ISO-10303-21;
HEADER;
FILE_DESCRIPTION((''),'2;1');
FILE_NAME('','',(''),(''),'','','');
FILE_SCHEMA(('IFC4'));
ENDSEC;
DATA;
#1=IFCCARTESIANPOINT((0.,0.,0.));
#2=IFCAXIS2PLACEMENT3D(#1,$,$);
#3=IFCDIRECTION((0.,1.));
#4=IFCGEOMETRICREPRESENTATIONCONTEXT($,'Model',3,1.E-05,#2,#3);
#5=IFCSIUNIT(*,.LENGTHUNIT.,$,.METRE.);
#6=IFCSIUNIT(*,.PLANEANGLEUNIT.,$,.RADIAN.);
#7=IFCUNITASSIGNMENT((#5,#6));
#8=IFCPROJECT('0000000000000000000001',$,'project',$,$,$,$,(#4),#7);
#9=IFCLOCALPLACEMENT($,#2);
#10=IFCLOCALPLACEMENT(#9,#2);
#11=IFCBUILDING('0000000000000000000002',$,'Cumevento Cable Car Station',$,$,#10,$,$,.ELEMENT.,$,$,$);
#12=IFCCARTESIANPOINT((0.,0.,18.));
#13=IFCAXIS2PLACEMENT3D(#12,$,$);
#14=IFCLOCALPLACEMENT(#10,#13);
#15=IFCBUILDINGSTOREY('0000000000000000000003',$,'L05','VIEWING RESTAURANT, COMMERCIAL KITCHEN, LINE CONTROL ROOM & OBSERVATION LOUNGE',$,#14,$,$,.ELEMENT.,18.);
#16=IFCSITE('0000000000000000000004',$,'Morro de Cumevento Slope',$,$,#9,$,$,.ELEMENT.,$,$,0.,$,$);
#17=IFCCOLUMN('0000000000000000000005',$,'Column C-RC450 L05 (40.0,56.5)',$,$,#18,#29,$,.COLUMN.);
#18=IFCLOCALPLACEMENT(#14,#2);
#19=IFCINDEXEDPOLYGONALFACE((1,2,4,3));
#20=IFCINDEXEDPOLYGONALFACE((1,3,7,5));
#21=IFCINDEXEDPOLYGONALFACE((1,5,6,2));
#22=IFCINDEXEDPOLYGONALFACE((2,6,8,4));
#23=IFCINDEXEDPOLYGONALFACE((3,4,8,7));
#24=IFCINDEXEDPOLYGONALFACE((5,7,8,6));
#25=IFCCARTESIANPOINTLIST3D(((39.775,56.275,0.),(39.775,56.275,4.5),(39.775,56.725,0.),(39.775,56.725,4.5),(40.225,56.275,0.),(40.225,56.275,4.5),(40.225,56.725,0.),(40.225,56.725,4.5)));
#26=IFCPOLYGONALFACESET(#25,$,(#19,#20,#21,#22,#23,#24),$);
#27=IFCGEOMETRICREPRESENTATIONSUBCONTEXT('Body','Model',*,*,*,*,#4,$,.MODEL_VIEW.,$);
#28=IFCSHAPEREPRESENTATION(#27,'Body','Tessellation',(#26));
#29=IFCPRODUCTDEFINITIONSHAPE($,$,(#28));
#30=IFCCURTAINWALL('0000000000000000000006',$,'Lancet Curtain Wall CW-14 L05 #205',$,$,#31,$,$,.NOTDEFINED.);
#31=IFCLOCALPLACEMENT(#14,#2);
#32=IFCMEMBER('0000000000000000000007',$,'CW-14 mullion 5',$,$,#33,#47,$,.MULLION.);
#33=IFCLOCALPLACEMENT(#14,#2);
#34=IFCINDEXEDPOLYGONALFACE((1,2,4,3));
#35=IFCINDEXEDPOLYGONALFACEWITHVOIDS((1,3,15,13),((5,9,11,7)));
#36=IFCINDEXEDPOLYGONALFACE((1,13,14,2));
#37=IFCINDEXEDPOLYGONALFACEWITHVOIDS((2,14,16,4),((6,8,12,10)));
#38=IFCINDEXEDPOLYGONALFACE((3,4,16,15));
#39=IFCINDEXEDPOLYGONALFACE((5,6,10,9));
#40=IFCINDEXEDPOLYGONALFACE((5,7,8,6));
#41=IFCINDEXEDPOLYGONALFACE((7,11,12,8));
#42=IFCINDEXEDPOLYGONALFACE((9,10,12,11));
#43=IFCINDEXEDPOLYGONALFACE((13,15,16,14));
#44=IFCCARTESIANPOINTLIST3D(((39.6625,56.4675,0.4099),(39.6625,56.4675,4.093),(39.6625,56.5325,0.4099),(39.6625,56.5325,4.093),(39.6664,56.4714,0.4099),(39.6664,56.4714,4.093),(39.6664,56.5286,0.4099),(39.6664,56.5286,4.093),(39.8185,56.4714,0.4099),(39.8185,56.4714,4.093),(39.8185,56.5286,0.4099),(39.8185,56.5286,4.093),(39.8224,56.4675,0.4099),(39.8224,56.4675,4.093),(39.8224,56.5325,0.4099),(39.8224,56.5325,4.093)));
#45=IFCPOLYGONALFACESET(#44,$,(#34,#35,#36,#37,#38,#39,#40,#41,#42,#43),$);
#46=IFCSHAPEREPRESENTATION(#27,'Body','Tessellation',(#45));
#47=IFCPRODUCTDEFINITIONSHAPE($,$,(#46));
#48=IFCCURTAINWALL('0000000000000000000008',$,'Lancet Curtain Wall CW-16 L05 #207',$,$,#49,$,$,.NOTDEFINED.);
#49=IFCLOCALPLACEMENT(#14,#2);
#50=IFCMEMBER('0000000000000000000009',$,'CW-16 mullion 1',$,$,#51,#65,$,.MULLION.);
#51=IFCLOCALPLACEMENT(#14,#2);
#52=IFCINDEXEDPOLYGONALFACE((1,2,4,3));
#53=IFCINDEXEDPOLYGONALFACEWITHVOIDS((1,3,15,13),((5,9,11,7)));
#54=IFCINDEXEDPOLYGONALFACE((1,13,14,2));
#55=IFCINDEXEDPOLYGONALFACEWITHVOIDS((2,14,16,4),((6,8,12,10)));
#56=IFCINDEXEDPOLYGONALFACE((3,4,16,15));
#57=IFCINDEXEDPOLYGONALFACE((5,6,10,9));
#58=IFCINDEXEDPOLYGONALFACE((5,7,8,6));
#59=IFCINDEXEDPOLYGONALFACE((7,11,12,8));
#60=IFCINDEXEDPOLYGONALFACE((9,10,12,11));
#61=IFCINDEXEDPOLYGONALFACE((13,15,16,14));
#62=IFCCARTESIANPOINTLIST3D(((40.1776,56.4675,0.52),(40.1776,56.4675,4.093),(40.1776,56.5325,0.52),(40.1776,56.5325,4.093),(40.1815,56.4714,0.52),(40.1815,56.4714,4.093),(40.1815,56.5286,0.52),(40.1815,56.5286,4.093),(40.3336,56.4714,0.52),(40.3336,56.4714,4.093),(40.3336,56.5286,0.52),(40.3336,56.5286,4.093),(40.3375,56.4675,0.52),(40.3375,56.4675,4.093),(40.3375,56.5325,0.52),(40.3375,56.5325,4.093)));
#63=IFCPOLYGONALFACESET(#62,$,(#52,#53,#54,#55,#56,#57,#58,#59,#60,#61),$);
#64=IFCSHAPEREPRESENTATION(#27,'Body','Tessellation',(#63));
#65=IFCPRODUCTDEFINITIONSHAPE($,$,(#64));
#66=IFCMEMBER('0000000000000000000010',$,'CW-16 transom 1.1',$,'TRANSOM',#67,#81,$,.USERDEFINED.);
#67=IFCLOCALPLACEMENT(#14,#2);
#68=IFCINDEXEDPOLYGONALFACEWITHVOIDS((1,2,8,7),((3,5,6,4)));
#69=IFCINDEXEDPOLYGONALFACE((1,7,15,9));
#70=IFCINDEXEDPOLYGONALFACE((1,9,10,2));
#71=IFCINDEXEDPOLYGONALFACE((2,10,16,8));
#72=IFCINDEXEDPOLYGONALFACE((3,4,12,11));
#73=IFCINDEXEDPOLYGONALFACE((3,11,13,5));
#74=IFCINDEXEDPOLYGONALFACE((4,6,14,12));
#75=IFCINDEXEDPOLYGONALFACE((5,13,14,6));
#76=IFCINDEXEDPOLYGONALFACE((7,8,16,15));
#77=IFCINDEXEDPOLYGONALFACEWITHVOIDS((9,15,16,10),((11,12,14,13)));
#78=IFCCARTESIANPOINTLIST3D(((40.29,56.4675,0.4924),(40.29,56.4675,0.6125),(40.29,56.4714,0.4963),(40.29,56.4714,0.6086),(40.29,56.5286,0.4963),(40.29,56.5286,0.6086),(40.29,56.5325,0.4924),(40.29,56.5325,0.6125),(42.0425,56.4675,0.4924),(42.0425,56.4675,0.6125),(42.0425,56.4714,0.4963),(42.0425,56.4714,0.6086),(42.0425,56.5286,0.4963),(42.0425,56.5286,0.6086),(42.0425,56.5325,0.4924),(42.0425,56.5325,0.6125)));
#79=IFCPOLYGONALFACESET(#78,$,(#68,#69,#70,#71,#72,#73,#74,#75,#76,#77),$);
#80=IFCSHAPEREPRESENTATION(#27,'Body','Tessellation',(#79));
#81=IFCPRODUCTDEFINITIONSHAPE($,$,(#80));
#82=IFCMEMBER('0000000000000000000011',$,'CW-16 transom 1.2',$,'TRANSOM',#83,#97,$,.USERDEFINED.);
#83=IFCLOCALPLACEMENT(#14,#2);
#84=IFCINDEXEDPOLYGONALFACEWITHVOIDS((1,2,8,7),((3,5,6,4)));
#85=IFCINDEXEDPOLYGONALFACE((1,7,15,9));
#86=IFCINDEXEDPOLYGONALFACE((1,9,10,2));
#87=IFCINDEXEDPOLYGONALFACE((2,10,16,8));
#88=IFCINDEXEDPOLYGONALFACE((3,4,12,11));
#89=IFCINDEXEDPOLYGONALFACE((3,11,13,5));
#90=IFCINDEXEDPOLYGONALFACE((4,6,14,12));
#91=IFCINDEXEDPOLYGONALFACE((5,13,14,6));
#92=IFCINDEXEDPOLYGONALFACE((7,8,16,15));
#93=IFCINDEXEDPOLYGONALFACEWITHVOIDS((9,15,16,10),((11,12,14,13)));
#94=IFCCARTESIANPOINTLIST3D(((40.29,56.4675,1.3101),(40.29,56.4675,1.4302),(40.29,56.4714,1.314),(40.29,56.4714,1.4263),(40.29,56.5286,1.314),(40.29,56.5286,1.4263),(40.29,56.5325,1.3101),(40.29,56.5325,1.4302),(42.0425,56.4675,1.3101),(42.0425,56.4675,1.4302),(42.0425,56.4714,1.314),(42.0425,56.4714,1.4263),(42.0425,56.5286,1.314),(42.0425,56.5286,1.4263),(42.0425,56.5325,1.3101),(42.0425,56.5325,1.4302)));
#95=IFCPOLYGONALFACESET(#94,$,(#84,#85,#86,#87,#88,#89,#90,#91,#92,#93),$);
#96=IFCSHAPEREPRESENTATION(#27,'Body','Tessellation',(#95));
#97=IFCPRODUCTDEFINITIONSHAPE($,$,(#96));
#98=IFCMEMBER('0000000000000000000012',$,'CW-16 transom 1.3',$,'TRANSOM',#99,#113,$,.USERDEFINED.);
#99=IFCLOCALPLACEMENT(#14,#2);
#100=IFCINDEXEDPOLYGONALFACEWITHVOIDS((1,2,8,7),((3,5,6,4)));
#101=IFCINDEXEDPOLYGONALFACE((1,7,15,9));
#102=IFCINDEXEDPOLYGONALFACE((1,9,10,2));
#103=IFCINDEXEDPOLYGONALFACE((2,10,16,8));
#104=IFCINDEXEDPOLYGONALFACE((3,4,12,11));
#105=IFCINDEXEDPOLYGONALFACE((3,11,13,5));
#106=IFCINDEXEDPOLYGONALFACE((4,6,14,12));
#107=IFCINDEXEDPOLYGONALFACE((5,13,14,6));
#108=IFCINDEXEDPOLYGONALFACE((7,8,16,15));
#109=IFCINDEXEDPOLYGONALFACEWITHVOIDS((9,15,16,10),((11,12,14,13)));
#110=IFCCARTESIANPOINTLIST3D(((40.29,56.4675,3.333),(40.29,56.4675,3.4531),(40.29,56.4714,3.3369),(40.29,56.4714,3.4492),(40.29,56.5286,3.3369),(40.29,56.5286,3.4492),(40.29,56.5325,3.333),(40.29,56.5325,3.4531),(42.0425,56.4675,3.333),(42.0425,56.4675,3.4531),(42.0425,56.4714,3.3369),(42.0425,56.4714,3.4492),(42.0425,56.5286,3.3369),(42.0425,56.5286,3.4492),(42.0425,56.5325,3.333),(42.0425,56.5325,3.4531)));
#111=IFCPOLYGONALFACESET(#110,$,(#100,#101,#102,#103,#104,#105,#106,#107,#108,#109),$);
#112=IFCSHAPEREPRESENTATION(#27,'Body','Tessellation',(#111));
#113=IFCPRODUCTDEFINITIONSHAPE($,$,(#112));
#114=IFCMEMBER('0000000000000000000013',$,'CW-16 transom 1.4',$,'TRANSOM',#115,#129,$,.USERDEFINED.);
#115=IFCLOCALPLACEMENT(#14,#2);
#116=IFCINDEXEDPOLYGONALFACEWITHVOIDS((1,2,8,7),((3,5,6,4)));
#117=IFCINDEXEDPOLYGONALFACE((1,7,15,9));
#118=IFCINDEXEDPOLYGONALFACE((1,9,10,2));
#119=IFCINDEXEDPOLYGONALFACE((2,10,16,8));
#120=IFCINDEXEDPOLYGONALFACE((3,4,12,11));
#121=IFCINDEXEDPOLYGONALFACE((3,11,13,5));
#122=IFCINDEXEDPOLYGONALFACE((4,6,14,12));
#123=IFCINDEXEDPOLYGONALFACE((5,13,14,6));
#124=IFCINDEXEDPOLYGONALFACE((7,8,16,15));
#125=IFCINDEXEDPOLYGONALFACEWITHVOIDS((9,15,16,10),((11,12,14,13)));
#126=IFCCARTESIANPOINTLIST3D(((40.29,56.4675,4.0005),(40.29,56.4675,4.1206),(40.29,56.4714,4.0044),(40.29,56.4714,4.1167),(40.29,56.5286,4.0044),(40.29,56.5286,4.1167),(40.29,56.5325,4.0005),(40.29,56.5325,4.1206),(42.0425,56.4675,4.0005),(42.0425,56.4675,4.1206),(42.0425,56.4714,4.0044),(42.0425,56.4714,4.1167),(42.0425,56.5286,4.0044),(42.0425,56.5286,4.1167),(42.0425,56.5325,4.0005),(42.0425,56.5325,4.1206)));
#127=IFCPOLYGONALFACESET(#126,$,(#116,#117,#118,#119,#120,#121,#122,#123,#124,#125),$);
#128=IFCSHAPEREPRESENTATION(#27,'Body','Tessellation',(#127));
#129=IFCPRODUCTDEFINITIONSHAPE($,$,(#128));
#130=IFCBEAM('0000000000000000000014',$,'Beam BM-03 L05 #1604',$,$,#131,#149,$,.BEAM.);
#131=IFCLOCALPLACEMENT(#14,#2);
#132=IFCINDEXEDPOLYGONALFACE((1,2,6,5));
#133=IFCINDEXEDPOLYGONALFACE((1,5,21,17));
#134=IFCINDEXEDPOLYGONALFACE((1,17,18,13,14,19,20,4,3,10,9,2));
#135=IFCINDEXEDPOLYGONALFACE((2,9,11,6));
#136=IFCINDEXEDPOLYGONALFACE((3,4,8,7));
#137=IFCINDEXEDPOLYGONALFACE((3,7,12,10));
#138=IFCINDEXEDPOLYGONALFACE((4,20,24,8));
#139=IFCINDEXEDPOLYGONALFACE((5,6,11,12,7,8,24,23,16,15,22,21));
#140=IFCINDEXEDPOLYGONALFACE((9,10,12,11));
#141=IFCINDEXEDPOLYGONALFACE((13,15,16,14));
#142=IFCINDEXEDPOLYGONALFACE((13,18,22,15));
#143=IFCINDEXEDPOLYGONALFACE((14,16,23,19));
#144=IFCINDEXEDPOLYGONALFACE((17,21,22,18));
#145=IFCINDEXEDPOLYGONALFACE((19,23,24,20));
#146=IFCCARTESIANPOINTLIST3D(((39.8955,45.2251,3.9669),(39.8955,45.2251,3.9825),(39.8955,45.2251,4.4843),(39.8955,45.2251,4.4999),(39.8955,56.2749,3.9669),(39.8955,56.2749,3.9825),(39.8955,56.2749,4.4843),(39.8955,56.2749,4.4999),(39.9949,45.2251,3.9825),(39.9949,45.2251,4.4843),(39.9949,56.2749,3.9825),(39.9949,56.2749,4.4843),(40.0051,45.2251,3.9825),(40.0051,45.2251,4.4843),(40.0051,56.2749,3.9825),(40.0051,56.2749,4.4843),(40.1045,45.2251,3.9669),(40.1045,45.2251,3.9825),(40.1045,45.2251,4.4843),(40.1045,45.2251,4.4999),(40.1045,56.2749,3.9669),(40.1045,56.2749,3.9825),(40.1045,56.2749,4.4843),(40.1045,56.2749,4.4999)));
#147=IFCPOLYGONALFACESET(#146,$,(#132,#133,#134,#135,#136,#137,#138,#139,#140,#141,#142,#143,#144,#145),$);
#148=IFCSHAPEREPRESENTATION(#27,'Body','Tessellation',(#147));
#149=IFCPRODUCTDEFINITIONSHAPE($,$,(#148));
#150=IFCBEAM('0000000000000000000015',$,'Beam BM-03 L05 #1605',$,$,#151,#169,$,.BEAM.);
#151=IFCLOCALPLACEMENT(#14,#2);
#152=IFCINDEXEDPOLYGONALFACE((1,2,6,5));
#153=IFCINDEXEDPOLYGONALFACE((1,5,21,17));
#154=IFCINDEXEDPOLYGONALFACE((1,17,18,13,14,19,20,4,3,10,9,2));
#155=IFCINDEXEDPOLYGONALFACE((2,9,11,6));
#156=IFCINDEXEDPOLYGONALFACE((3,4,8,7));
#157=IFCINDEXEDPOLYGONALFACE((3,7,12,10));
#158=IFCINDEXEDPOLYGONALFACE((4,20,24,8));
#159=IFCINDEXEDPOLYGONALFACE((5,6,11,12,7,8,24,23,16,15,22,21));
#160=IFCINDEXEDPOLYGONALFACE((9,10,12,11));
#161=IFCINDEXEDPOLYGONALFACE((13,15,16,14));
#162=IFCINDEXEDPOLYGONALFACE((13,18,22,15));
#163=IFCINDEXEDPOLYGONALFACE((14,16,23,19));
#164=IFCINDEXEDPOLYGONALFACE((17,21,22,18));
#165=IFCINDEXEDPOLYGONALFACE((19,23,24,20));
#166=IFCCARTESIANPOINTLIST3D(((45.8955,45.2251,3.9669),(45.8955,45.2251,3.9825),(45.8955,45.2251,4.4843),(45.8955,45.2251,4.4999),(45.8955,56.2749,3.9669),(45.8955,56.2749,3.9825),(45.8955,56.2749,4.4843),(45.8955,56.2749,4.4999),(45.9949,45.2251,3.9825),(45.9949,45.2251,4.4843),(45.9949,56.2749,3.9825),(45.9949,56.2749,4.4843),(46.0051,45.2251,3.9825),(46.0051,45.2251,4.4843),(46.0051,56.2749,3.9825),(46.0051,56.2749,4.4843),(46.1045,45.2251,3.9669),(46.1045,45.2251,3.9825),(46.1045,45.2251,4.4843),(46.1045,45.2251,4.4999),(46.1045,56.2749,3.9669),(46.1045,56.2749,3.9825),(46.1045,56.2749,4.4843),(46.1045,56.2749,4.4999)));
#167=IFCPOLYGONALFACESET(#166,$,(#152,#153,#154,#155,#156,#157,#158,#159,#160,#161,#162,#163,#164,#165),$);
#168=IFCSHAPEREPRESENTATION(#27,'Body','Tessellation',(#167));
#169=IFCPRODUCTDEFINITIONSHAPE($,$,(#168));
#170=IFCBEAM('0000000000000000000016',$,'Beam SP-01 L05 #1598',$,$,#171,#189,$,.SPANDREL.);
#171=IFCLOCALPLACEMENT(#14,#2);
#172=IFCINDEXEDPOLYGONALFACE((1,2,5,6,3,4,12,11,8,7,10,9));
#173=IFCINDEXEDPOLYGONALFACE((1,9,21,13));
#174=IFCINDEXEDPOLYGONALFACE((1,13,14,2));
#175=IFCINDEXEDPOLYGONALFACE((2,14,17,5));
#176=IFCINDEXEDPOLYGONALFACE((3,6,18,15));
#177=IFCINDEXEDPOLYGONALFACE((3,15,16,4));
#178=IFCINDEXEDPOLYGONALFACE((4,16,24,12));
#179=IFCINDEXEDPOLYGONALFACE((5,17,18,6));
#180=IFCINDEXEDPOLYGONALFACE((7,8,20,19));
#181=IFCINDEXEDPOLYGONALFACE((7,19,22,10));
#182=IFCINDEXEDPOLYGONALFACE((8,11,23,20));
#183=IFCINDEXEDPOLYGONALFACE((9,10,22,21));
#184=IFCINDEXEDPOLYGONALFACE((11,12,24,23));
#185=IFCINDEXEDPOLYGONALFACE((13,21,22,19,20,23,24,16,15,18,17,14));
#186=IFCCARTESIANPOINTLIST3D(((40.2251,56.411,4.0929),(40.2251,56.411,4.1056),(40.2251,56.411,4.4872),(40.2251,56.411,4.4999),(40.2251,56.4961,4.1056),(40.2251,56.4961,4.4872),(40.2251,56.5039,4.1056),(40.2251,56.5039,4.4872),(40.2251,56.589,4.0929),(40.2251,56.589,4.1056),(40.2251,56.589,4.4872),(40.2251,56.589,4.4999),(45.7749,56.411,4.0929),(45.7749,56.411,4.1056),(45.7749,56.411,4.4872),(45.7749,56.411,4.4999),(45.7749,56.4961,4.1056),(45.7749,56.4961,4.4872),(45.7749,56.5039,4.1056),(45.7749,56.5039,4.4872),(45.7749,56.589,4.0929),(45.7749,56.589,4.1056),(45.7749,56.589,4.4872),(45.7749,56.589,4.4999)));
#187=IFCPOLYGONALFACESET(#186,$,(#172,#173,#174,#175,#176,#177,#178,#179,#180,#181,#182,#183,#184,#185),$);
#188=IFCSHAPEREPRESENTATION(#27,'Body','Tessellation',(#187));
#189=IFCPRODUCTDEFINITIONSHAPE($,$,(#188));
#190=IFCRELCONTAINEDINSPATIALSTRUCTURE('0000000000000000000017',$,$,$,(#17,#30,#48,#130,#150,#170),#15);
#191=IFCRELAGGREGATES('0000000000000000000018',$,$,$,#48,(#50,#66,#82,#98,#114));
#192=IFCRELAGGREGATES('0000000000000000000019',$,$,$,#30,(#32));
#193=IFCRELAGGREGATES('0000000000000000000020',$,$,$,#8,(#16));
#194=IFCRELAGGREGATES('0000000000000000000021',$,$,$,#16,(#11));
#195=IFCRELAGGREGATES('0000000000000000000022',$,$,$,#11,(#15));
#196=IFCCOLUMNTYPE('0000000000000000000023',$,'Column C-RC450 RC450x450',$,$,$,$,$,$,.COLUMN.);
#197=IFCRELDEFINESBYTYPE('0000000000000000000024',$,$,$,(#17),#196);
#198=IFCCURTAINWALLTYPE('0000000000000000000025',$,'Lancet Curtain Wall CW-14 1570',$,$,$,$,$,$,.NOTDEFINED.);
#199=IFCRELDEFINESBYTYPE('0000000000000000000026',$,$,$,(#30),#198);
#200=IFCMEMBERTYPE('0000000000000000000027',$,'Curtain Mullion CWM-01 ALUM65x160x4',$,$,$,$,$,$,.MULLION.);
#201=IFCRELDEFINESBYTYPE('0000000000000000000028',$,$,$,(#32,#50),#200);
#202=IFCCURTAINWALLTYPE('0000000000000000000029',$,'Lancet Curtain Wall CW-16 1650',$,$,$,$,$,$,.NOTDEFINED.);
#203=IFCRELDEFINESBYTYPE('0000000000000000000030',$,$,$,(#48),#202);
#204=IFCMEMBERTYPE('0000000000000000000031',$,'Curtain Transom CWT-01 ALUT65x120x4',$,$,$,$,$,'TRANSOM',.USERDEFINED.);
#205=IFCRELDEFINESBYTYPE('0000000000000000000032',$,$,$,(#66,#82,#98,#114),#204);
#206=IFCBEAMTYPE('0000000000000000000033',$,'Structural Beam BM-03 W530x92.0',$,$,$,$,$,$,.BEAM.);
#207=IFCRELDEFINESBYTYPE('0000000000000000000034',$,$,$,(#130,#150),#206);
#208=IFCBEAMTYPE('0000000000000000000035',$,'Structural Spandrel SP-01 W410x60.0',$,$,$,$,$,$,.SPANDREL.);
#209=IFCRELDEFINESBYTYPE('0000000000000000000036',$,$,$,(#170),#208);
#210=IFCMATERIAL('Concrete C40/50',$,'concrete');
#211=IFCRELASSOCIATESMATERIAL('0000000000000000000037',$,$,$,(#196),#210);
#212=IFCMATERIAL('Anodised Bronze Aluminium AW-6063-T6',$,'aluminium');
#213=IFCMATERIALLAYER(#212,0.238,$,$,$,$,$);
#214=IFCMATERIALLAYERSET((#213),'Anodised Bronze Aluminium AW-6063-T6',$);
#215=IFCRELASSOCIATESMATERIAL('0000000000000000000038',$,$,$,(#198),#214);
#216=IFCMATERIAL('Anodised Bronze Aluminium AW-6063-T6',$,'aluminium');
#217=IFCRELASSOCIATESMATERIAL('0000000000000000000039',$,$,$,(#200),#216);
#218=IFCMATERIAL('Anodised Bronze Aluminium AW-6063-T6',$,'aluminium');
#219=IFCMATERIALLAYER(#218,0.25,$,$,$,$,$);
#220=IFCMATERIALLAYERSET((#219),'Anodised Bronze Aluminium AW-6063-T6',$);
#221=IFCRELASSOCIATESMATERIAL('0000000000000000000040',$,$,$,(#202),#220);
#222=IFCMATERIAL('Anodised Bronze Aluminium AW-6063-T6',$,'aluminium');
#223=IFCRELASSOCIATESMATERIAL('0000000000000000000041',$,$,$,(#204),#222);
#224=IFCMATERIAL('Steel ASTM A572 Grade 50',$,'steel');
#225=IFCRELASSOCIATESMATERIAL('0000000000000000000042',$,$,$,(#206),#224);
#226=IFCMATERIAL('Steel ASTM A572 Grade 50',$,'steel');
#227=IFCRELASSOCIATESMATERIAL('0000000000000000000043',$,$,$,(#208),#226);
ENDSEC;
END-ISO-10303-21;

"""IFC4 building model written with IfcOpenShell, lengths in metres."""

from ifc_helpers import new_model, si_unit, direction, frame, origin, origin_2d, place, context, subcontext, project, spatial, rectangle, hollow_rectangle, i_section, extrude, material, layer, layer_set, material_profile, profile_set, type_object, element, aggregate, save


model = new_model("IFC4")

# Units and contexts
model_context = context("Model", 3, precision=1e-05, world=origin(), true_north=direction((0.0, 1.0)))
body_context = subcontext(model_context, "Body", "Model", "MODEL_VIEW")
ifc_project = project(units=[si_unit("LENGTHUNIT", "METRE"), si_unit("PLANEANGLEUNIT", "RADIAN")], contexts=[model_context])

# Site, building, storey
site_placement = place(None, origin())
site = spatial("IfcSite", under=ifc_project, at=site_placement, Name="Morro de Cumevento Slope", CompositionType="ELEMENT", RefElevation=0.0)
building_placement = place(site_placement, origin())
building = spatial("IfcBuilding", under=site, at=building_placement, Name="Cumevento Cable Car Station", CompositionType="ELEMENT")
storey_placement = place(building_placement, frame((0.0, 0.0, 18.0)))
storey = spatial("IfcBuildingStorey", under=building, at=storey_placement, Name="L05", Description="VIEWING RESTAURANT, COMMERCIAL KITCHEN, LINE CONTROL ROOM & OBSERVATION LOUNGE", CompositionType="ELEMENT", Elevation=18.0)

# Column
ifc_material_1 = material(Name="Concrete C40/50", Category="concrete")
ifc_material_profile_1 = material_profile(ifc_material_1, rectangle(XDim=0.45, YDim=0.45, at=origin_2d()), Name="RC450x450")
ifc_profile_set_1 = profile_set([ifc_material_profile_1], Name="Concrete C40/50")
column_type = type_object("IfcColumnType", Name="Column C-RC450 RC450x450", PredefinedType="COLUMN", material=ifc_profile_set_1)
column_placement = place(storey_placement, frame((40.0, 56.5, 0.0), z_axis=(0.0, 0.0, 1.0), x_axis=(1.0, 0.0, 0.0)))
element("IfcColumn", 1, at=column_placement, inside=storey, type_object=column_type, Name="Column C-RC450 L05 (40.0,56.5)", PredefinedType="COLUMN", context=body_context, shape_type="SweptSolid", body=[
    extrude(rectangle(XDim=0.45, YDim=0.45, at=origin_2d()), origin(), (0.0, 0.0, 1.0), 4.5),
])

# Curtain wall, member
ifc_material_2 = material(Name="Anodised Bronze Aluminium AW-6063-T6", Category="aluminium")
ifc_layer_1 = layer(ifc_material_2, 0.238)
ifc_layer_set_1 = layer_set([ifc_layer_1], Name="Anodised Bronze Aluminium AW-6063-T6")
curtain_wall_type_1 = type_object("IfcCurtainWallType", Name="Lancet Curtain Wall CW-14 1570", PredefinedType="NOTDEFINED", material=ifc_layer_set_1)
curtain_wall_1_placement = place(storey_placement, origin())
curtain_wall_1 = element("IfcCurtainWall", 2, at=curtain_wall_1_placement, inside=storey, type_object=curtain_wall_type_1, Name="Lancet Curtain Wall CW-14 L05 #205", PredefinedType="NOTDEFINED")
ifc_material_3 = material(Name="Anodised Bronze Aluminium AW-6063-T6", Category="aluminium")
ifc_material_profile_2 = material_profile(ifc_material_3, hollow_rectangle(XDim=0.0649, YDim=0.1599, WallThickness=0.0039, at=origin_2d()), Name="ALUM65x160x4")
ifc_profile_set_2 = profile_set([ifc_material_profile_2], Name="Anodised Bronze Aluminium AW-6063-T6")
member_type_1 = type_object("IfcMemberType", Name="Curtain Mullion CWM-01 ALUM65x160x4", PredefinedType="MULLION", material=ifc_profile_set_2)
member_1_placement = place(storey_placement, frame((39.7424, 56.5, 0.4099), z_axis=(0.0, 0.0, 1.0), x_axis=(0.0, 1.0, 0.0)))
member_1 = element("IfcMember", 3, at=member_1_placement, type_object=member_type_1, Name="CW-14 mullion 5", PredefinedType="MULLION", context=body_context, shape_type="SweptSolid", body=[
    extrude(hollow_rectangle(XDim=0.0649, YDim=0.1599, WallThickness=0.0039, at=origin_2d()), origin(), (0.0, 0.0, 1.0), 3.6831),
])

# Curtain wall, members
ifc_material_4 = material(Name="Anodised Bronze Aluminium AW-6063-T6", Category="aluminium")
ifc_layer_2 = layer(ifc_material_4, 0.25)
ifc_layer_set_2 = layer_set([ifc_layer_2], Name="Anodised Bronze Aluminium AW-6063-T6")
curtain_wall_type_2 = type_object("IfcCurtainWallType", Name="Lancet Curtain Wall CW-16 1650", PredefinedType="NOTDEFINED", material=ifc_layer_set_2)
curtain_wall_2_placement = place(storey_placement, origin())
curtain_wall_2 = element("IfcCurtainWall", 4, at=curtain_wall_2_placement, inside=storey, type_object=curtain_wall_type_2, Name="Lancet Curtain Wall CW-16 L05 #207", PredefinedType="NOTDEFINED")
member_2_placement = place(storey_placement, frame((40.2576, 56.5, 0.52), z_axis=(0.0, 0.0, 1.0), x_axis=(0.0, 1.0, 0.0)))
member_2 = element("IfcMember", 5, at=member_2_placement, type_object=member_type_1, Name="CW-16 mullion 1", PredefinedType="MULLION", context=body_context, shape_type="SweptSolid", body=[
    extrude(hollow_rectangle(XDim=0.0649, YDim=0.1599, WallThickness=0.0039, at=origin_2d()), origin(), (0.0, 0.0, 1.0), 3.573),
])
ifc_material_5 = material(Name="Anodised Bronze Aluminium AW-6063-T6", Category="aluminium")
ifc_material_profile_3 = material_profile(ifc_material_5, hollow_rectangle(XDim=0.0649, YDim=0.1201, WallThickness=0.0039, at=origin_2d()), Name="ALUT65x120x4")
ifc_profile_set_3 = profile_set([ifc_material_profile_3], Name="Anodised Bronze Aluminium AW-6063-T6")
member_type_2 = type_object("IfcMemberType", Name="Curtain Transom CWT-01 ALUT65x120x4", ElementType="TRANSOM", PredefinedType="USERDEFINED", material=ifc_profile_set_3)
member_3_placement = place(storey_placement, frame((40.29, 56.5, 0.5525), z_axis=(1.0, 0.0, 0.0), x_axis=(0.0, 1.0, 0.0)))
member_3 = element("IfcMember", 6, at=member_3_placement, type_object=member_type_2, Name="CW-16 transom 1.1", ObjectType="TRANSOM", PredefinedType="USERDEFINED", context=body_context, shape_type="SweptSolid", body=[
    extrude(hollow_rectangle(XDim=0.0649, YDim=0.1201, WallThickness=0.0039, at=origin_2d()), origin(), (0.0, 0.0, 1.0), 1.7524),
])
member_4_placement = place(storey_placement, frame((40.29, 56.5, 1.3701), z_axis=(1.0, 0.0, 0.0), x_axis=(0.0, 1.0, 0.0)))
member_4 = element("IfcMember", 7, at=member_4_placement, type_object=member_type_2, Name="CW-16 transom 1.2", ObjectType="TRANSOM", PredefinedType="USERDEFINED", context=body_context, shape_type="SweptSolid", body=[
    extrude(hollow_rectangle(XDim=0.0649, YDim=0.1201, WallThickness=0.0039, at=origin_2d()), origin(), (0.0, 0.0, 1.0), 1.7524),
])
member_5_placement = place(storey_placement, frame((40.29, 56.5, 3.3931), z_axis=(1.0, 0.0, 0.0), x_axis=(0.0, 1.0, 0.0)))
member_5 = element("IfcMember", 8, at=member_5_placement, type_object=member_type_2, Name="CW-16 transom 1.3", ObjectType="TRANSOM", PredefinedType="USERDEFINED", context=body_context, shape_type="SweptSolid", body=[
    extrude(hollow_rectangle(XDim=0.0649, YDim=0.1201, WallThickness=0.0039, at=origin_2d()), origin(), (0.0, 0.0, 1.0), 1.7524),
])
member_6_placement = place(storey_placement, frame((40.29, 56.5, 4.0605), z_axis=(1.0, 0.0, 0.0), x_axis=(0.0, 1.0, 0.0)))
member_6 = element("IfcMember", 9, at=member_6_placement, type_object=member_type_2, Name="CW-16 transom 1.4", ObjectType="TRANSOM", PredefinedType="USERDEFINED", context=body_context, shape_type="SweptSolid", body=[
    extrude(hollow_rectangle(XDim=0.0649, YDim=0.1201, WallThickness=0.0039, at=origin_2d()), origin(), (0.0, 0.0, 1.0), 1.7524),
])
aggregate(curtain_wall_2, [member_2, member_3, member_4, member_5, member_6])

# Beams
ifc_material_6 = material(Name="Steel ASTM A572 Grade 50", Category="steel")
ifc_material_profile_4 = material_profile(ifc_material_6, i_section(OverallWidth=0.209, OverallDepth=0.533, WebThickness=0.0103, FlangeThickness=0.0156, at=origin_2d()), Name="W530x92.0")
ifc_profile_set_4 = profile_set([ifc_material_profile_4], Name="Steel ASTM A572 Grade 50")
beam_type_1 = type_object("IfcBeamType", Name="Structural Beam BM-03 W530x92.0", PredefinedType="BEAM", material=ifc_profile_set_4)
for number, where, z_axis, x_axis, name in (
    (10, (40.0, 45.2251, 4.2334), (0.0, 1.0, 0.0), (-1.0, 0.0, 0.0), "Beam BM-03 L05 #1604"),
    (11, (46.0, 45.2251, 4.2334), (0.0, 1.0, 0.0), (-1.0, 0.0, 0.0), "Beam BM-03 L05 #1605"),
):
    element("IfcBeam", number, at=place(storey_placement, frame(where, z_axis=z_axis, x_axis=x_axis)), inside=storey, type_object=beam_type_1, Name=name, PredefinedType="BEAM", context=body_context, shape_type="SweptSolid", body=[
        extrude(i_section(OverallWidth=0.209, OverallDepth=0.533, WebThickness=0.0103, FlangeThickness=0.0156, at=origin_2d()), origin(), (0.0, 0.0, 1.0), 11.0498),
    ])
ifc_material_7 = material(Name="Steel ASTM A572 Grade 50", Category="steel")
ifc_material_profile_5 = material_profile(ifc_material_7, i_section(OverallWidth=0.178, OverallDepth=0.407, WebThickness=0.0078, FlangeThickness=0.0127, at=origin_2d()), Name="W410x60.0")
ifc_profile_set_5 = profile_set([ifc_material_profile_5], Name="Steel ASTM A572 Grade 50")
beam_type_2 = type_object("IfcBeamType", Name="Structural Spandrel SP-01 W410x60.0", PredefinedType="SPANDREL", material=ifc_profile_set_5)
beam_placement = place(storey_placement, frame((40.2251, 56.5, 4.2964), z_axis=(1.0, 0.0, 0.0), x_axis=(0.0, 1.0, 0.0)))
element("IfcBeam", 12, at=beam_placement, inside=storey, type_object=beam_type_2, Name="Beam SP-01 L05 #1598", PredefinedType="SPANDREL", context=body_context, shape_type="SweptSolid", body=[
    extrude(i_section(OverallWidth=0.178, OverallDepth=0.407, WebThickness=0.0078, FlangeThickness=0.0127, at=origin_2d()), origin(), (0.0, 0.0, 1.0), 5.5498),
])

aggregate(curtain_wall_1, [member_1])

save(model, "model.ifc")
